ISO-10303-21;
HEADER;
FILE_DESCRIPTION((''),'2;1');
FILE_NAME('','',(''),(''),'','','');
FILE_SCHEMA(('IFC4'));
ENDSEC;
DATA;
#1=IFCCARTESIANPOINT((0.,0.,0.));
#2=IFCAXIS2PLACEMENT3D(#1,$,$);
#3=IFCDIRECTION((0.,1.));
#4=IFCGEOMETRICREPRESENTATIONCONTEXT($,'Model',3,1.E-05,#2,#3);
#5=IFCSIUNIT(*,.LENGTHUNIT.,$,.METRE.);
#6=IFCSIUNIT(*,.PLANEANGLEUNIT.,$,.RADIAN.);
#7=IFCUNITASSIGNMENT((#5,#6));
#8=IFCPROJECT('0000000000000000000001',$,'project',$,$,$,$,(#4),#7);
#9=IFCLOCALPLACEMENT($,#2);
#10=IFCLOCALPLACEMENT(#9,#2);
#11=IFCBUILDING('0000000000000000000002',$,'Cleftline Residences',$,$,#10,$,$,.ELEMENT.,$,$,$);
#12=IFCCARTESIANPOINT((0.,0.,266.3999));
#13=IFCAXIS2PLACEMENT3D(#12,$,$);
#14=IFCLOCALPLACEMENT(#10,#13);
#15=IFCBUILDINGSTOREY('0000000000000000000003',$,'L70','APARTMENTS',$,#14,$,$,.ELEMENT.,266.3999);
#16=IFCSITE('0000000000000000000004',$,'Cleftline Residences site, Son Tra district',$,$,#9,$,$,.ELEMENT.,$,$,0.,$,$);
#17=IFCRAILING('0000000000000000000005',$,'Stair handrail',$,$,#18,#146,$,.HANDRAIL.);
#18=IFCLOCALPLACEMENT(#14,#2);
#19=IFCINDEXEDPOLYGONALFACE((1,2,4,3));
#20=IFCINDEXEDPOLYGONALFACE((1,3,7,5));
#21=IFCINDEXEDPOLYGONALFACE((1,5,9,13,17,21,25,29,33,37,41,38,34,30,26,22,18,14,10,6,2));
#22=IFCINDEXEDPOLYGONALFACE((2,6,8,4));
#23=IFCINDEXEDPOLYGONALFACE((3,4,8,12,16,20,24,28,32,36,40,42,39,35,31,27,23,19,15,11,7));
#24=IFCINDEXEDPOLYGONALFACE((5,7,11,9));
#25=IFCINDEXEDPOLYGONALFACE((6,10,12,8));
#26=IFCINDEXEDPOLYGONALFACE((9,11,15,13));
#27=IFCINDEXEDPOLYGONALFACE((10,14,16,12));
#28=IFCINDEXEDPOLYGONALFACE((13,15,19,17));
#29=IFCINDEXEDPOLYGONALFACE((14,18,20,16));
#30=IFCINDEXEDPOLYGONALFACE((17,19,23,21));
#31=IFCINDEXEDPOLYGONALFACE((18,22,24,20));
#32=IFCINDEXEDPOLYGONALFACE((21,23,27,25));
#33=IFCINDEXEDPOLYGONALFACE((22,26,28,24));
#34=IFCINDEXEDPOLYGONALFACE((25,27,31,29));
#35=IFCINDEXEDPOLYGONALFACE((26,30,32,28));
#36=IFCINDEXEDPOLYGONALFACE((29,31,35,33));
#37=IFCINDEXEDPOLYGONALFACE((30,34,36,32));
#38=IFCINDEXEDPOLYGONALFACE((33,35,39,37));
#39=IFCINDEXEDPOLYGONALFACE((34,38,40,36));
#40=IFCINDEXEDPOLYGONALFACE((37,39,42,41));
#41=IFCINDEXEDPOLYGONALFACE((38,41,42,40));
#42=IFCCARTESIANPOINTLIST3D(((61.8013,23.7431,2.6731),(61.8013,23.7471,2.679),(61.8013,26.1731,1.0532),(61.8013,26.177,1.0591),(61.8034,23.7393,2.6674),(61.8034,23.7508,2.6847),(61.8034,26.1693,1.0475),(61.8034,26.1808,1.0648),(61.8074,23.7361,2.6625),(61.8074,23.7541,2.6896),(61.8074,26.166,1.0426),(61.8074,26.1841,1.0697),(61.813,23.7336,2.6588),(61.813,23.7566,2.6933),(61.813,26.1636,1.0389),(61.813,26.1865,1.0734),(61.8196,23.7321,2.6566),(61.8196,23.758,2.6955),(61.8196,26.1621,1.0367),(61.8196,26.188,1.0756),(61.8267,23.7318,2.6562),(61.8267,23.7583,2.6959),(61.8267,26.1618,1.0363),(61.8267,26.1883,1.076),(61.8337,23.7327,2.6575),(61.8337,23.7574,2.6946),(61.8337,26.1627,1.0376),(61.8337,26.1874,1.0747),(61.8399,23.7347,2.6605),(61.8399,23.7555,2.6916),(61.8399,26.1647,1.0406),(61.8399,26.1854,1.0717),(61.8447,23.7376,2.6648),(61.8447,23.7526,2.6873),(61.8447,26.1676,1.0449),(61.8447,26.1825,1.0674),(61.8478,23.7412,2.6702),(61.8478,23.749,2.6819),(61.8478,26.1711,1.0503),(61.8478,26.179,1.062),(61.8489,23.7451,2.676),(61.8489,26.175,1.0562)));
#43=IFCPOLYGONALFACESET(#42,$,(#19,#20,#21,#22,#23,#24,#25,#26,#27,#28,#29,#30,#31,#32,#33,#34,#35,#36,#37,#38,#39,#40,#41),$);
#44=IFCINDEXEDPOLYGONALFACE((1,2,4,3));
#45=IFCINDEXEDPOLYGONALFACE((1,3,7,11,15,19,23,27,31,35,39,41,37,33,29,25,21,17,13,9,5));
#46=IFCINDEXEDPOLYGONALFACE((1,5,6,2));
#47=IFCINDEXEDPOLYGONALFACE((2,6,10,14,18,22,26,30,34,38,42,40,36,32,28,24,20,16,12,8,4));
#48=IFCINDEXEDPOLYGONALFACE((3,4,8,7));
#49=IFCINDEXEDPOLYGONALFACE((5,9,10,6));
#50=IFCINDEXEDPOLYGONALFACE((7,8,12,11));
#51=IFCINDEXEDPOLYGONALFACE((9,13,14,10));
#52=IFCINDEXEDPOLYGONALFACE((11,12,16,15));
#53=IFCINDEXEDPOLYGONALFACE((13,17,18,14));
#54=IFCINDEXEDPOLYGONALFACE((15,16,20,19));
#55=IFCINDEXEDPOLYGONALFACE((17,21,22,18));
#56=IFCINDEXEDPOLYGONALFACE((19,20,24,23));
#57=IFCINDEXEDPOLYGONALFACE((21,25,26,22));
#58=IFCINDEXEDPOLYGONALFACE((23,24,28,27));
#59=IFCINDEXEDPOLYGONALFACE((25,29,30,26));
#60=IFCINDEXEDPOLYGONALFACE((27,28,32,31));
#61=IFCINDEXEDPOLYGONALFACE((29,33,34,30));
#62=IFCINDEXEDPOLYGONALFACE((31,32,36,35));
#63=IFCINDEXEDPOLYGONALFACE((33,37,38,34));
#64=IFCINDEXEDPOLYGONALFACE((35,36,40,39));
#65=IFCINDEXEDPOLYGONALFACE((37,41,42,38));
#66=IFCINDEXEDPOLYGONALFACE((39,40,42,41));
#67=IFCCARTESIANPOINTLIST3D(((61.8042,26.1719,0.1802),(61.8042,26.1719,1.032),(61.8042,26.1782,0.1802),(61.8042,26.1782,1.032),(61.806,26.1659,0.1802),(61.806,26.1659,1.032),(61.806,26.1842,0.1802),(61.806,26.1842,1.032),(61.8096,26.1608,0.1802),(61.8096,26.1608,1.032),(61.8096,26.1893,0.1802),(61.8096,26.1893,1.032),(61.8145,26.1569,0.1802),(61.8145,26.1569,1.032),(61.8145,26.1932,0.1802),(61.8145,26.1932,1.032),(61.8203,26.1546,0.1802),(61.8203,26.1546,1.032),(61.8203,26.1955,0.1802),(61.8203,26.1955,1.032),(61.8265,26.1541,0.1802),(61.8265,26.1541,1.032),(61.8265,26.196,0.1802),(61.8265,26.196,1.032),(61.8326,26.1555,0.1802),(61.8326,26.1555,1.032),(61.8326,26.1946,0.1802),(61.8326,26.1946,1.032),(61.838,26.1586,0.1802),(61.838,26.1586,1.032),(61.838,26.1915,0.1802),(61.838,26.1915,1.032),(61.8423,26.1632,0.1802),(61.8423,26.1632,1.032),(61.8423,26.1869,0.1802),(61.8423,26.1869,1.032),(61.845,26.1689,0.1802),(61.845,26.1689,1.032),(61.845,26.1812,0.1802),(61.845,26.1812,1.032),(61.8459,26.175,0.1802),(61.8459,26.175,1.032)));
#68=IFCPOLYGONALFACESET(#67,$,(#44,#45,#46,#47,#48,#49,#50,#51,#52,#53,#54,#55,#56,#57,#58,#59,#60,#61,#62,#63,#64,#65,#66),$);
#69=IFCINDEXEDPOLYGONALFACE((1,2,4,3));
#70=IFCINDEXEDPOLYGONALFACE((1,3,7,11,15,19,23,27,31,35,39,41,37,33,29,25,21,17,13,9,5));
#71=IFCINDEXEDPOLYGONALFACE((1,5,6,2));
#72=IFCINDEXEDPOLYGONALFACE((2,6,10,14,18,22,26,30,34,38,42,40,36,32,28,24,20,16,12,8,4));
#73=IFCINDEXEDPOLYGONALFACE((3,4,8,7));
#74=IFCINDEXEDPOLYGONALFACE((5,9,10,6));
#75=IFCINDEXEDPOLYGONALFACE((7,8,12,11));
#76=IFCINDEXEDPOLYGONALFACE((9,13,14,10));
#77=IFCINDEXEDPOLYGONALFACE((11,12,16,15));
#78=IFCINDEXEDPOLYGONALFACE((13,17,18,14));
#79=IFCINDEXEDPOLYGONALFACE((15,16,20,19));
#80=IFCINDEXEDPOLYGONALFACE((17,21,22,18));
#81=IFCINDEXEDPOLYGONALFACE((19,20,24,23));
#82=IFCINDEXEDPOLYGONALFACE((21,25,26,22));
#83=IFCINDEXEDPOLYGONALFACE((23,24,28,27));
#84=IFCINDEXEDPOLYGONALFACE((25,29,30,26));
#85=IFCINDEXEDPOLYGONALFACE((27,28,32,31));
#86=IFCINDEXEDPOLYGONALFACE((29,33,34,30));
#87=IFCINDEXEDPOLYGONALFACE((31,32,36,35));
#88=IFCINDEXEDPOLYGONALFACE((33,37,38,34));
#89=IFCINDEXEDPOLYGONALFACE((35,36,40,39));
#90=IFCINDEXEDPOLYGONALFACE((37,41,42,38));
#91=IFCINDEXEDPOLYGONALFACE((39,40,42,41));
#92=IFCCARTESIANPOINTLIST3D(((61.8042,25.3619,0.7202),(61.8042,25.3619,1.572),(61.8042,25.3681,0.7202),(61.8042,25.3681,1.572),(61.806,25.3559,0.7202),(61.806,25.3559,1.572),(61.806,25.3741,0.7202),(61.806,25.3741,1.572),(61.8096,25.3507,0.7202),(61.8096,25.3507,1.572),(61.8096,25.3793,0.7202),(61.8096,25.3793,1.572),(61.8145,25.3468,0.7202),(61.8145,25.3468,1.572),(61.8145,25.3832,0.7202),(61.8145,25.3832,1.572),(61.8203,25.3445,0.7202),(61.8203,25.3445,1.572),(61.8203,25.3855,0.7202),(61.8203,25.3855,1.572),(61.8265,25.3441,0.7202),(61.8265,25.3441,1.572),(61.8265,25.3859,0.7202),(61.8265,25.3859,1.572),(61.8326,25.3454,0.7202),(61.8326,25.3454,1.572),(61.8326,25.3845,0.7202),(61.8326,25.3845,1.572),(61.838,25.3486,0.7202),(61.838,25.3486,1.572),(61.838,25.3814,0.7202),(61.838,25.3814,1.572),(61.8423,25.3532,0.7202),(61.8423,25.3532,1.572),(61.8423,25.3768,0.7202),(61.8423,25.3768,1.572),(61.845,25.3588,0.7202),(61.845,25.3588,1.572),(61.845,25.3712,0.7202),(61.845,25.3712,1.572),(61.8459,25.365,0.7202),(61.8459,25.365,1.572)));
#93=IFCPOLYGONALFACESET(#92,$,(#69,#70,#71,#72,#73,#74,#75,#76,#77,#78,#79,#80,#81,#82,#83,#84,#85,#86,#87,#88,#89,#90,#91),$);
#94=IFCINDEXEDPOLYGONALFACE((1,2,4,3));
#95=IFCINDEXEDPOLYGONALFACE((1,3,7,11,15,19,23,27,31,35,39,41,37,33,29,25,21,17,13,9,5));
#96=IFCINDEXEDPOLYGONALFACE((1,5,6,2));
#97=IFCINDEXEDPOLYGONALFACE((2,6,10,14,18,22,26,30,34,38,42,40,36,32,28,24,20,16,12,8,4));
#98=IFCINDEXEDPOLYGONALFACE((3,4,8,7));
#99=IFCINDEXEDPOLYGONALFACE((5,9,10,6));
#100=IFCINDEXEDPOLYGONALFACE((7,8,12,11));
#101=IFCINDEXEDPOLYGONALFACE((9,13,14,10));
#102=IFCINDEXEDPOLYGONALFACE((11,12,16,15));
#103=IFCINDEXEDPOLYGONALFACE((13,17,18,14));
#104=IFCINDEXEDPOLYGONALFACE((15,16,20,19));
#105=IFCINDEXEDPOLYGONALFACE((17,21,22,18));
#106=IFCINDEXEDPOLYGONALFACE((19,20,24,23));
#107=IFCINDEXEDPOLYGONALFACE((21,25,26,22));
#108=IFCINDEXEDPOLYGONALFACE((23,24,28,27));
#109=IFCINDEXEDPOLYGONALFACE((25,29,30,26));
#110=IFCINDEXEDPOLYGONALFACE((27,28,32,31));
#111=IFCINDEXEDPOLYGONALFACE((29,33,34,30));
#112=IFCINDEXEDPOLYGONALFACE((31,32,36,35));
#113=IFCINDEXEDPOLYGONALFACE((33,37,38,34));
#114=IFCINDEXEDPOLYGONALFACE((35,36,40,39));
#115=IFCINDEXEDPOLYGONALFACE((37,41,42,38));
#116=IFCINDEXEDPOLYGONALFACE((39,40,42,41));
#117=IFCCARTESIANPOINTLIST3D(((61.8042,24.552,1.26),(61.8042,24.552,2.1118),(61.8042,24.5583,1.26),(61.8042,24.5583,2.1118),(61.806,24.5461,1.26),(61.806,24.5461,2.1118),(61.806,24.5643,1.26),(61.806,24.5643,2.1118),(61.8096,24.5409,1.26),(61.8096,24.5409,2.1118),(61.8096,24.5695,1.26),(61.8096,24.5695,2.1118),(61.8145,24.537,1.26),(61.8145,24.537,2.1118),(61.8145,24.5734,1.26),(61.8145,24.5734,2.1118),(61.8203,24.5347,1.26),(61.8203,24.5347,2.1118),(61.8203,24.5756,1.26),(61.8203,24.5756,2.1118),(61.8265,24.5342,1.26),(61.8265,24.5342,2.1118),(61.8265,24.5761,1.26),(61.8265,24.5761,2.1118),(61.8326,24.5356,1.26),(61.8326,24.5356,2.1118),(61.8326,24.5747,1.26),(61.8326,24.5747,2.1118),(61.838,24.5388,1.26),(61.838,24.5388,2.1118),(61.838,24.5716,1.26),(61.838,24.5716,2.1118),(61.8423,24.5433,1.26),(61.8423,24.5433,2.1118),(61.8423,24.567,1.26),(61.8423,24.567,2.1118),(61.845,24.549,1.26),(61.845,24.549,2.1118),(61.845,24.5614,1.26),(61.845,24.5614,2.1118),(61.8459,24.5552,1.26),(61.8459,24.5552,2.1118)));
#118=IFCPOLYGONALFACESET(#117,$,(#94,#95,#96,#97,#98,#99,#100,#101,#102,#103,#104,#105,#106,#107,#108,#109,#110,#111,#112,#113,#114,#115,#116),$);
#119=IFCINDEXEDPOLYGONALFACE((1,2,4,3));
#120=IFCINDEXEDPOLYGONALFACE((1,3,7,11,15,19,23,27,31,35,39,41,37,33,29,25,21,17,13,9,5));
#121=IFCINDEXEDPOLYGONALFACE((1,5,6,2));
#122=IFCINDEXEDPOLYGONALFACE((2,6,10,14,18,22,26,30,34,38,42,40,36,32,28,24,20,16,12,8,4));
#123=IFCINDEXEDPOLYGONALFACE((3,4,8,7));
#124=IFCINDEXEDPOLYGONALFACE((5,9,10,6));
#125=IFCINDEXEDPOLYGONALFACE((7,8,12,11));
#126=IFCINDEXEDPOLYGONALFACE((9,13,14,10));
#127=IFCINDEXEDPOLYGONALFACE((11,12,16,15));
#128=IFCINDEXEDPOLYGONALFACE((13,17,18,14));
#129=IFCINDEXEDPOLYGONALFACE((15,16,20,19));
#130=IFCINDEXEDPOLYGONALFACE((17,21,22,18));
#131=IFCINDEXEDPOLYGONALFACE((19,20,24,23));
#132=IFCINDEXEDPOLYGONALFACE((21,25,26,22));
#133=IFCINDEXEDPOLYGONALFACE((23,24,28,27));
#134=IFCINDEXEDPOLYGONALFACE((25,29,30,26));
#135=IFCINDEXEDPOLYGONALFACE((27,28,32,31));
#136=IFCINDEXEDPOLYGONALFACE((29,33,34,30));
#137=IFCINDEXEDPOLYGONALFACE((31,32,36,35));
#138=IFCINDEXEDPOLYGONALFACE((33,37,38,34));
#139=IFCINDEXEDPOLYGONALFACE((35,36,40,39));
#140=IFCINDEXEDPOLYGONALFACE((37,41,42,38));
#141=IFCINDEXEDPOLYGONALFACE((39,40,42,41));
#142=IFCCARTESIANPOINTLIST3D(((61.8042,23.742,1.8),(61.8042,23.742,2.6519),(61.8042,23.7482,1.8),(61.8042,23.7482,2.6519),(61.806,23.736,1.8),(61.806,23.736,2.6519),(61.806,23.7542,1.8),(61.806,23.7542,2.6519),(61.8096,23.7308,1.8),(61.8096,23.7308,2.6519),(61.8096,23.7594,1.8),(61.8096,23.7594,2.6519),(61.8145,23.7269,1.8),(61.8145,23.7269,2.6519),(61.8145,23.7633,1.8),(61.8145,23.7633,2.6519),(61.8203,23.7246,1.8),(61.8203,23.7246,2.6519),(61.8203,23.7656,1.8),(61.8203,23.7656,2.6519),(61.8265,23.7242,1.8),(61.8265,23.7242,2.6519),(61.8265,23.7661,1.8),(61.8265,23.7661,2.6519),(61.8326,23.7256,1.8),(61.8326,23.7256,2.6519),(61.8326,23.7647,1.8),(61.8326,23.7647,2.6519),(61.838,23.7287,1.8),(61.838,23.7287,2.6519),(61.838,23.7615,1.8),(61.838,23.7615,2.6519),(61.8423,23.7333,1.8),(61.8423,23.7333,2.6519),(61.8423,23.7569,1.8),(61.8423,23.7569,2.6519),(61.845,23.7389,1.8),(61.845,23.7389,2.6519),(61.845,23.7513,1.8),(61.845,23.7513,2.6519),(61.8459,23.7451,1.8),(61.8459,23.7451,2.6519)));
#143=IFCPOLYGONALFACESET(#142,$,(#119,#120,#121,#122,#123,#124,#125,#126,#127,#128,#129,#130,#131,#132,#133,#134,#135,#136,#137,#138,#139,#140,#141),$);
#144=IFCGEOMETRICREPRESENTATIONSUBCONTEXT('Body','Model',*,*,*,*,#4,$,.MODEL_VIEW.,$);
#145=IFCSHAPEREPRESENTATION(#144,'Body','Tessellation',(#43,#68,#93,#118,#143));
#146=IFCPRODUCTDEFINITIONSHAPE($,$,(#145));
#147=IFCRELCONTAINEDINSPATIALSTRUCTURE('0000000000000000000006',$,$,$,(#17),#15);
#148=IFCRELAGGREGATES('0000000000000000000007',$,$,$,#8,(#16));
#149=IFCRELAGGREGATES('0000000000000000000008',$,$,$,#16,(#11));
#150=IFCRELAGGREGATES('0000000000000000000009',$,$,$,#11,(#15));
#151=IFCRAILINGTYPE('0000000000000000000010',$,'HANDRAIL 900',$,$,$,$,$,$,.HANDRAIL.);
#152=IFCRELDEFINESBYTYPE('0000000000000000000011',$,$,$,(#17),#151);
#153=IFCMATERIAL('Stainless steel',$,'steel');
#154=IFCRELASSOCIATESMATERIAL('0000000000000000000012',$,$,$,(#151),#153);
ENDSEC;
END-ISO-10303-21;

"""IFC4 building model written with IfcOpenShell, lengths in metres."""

from ifc_helpers import new_model, si_unit, direction, frame, origin, origin_2d, place, context, subcontext, project, spatial, circle, extrude, material, type_object, element, save


model = new_model("IFC4")

# Units and contexts
model_context = context("Model", 3, precision=1e-05, world=origin(), true_north=direction((0.0, 1.0)))
body_context = subcontext(model_context, "Body", "Model", "MODEL_VIEW")
ifc_project = project(units=[si_unit("LENGTHUNIT", "METRE"), si_unit("PLANEANGLEUNIT", "RADIAN")], contexts=[model_context])

# Site, building, storey
site_placement = place(None, origin())
site = spatial("IfcSite", under=ifc_project, at=site_placement, Name="Cleftline Residences site, Son Tra district", CompositionType="ELEMENT", RefElevation=0.0)
building_placement = place(site_placement, origin())
building = spatial("IfcBuilding", under=site, at=building_placement, Name="Cleftline Residences", CompositionType="ELEMENT")
storey_placement = place(building_placement, frame((0.0, 0.0, 266.3999)))
storey = spatial("IfcBuildingStorey", under=building, at=storey_placement, Name="L70", Description="APARTMENTS", CompositionType="ELEMENT", Elevation=266.3999)

# Railing
ifc_material_1 = material(Name="Stainless steel", Category="steel")
railing_type = type_object("IfcRailingType", Name="HANDRAIL 900", PredefinedType="HANDRAIL", material=ifc_material_1)
railing_placement = place(storey_placement, frame((61.825, 26.175, 0.1802)))
element("IfcRailing", 1, at=railing_placement, inside=storey, type_object=railing_type, Name="Stair handrail", PredefinedType="HANDRAIL", context=body_context, shape_type="SweptSolid", body=[
    extrude(circle(Radius=0.0239, at=origin_2d()), frame((0.0, 0.0, 0.876), z_axis=(0.0, -0.832063, 0.554681), x_axis=(1.0, 0.0, 0.0)), (0.0, 0.0, 1.0), 2.9204),
    extrude(circle(Radius=0.021, at=origin_2d()), origin(), (0.0, 0.0, 1.0), 0.8518),
    extrude(circle(Radius=0.021, at=origin_2d()), frame((0.0, -0.8101, 0.54)), (0.0, 0.0, 1.0), 0.8518),
    extrude(circle(Radius=0.021, at=origin_2d()), frame((0.0, -1.6199, 1.0798)), (0.0, 0.0, 1.0), 0.8518),
    extrude(circle(Radius=0.021, at=origin_2d()), frame((0.0, -2.4299, 1.6199)), (0.0, 0.0, 1.0), 0.8518),
])

save(model, "model.ifc")
